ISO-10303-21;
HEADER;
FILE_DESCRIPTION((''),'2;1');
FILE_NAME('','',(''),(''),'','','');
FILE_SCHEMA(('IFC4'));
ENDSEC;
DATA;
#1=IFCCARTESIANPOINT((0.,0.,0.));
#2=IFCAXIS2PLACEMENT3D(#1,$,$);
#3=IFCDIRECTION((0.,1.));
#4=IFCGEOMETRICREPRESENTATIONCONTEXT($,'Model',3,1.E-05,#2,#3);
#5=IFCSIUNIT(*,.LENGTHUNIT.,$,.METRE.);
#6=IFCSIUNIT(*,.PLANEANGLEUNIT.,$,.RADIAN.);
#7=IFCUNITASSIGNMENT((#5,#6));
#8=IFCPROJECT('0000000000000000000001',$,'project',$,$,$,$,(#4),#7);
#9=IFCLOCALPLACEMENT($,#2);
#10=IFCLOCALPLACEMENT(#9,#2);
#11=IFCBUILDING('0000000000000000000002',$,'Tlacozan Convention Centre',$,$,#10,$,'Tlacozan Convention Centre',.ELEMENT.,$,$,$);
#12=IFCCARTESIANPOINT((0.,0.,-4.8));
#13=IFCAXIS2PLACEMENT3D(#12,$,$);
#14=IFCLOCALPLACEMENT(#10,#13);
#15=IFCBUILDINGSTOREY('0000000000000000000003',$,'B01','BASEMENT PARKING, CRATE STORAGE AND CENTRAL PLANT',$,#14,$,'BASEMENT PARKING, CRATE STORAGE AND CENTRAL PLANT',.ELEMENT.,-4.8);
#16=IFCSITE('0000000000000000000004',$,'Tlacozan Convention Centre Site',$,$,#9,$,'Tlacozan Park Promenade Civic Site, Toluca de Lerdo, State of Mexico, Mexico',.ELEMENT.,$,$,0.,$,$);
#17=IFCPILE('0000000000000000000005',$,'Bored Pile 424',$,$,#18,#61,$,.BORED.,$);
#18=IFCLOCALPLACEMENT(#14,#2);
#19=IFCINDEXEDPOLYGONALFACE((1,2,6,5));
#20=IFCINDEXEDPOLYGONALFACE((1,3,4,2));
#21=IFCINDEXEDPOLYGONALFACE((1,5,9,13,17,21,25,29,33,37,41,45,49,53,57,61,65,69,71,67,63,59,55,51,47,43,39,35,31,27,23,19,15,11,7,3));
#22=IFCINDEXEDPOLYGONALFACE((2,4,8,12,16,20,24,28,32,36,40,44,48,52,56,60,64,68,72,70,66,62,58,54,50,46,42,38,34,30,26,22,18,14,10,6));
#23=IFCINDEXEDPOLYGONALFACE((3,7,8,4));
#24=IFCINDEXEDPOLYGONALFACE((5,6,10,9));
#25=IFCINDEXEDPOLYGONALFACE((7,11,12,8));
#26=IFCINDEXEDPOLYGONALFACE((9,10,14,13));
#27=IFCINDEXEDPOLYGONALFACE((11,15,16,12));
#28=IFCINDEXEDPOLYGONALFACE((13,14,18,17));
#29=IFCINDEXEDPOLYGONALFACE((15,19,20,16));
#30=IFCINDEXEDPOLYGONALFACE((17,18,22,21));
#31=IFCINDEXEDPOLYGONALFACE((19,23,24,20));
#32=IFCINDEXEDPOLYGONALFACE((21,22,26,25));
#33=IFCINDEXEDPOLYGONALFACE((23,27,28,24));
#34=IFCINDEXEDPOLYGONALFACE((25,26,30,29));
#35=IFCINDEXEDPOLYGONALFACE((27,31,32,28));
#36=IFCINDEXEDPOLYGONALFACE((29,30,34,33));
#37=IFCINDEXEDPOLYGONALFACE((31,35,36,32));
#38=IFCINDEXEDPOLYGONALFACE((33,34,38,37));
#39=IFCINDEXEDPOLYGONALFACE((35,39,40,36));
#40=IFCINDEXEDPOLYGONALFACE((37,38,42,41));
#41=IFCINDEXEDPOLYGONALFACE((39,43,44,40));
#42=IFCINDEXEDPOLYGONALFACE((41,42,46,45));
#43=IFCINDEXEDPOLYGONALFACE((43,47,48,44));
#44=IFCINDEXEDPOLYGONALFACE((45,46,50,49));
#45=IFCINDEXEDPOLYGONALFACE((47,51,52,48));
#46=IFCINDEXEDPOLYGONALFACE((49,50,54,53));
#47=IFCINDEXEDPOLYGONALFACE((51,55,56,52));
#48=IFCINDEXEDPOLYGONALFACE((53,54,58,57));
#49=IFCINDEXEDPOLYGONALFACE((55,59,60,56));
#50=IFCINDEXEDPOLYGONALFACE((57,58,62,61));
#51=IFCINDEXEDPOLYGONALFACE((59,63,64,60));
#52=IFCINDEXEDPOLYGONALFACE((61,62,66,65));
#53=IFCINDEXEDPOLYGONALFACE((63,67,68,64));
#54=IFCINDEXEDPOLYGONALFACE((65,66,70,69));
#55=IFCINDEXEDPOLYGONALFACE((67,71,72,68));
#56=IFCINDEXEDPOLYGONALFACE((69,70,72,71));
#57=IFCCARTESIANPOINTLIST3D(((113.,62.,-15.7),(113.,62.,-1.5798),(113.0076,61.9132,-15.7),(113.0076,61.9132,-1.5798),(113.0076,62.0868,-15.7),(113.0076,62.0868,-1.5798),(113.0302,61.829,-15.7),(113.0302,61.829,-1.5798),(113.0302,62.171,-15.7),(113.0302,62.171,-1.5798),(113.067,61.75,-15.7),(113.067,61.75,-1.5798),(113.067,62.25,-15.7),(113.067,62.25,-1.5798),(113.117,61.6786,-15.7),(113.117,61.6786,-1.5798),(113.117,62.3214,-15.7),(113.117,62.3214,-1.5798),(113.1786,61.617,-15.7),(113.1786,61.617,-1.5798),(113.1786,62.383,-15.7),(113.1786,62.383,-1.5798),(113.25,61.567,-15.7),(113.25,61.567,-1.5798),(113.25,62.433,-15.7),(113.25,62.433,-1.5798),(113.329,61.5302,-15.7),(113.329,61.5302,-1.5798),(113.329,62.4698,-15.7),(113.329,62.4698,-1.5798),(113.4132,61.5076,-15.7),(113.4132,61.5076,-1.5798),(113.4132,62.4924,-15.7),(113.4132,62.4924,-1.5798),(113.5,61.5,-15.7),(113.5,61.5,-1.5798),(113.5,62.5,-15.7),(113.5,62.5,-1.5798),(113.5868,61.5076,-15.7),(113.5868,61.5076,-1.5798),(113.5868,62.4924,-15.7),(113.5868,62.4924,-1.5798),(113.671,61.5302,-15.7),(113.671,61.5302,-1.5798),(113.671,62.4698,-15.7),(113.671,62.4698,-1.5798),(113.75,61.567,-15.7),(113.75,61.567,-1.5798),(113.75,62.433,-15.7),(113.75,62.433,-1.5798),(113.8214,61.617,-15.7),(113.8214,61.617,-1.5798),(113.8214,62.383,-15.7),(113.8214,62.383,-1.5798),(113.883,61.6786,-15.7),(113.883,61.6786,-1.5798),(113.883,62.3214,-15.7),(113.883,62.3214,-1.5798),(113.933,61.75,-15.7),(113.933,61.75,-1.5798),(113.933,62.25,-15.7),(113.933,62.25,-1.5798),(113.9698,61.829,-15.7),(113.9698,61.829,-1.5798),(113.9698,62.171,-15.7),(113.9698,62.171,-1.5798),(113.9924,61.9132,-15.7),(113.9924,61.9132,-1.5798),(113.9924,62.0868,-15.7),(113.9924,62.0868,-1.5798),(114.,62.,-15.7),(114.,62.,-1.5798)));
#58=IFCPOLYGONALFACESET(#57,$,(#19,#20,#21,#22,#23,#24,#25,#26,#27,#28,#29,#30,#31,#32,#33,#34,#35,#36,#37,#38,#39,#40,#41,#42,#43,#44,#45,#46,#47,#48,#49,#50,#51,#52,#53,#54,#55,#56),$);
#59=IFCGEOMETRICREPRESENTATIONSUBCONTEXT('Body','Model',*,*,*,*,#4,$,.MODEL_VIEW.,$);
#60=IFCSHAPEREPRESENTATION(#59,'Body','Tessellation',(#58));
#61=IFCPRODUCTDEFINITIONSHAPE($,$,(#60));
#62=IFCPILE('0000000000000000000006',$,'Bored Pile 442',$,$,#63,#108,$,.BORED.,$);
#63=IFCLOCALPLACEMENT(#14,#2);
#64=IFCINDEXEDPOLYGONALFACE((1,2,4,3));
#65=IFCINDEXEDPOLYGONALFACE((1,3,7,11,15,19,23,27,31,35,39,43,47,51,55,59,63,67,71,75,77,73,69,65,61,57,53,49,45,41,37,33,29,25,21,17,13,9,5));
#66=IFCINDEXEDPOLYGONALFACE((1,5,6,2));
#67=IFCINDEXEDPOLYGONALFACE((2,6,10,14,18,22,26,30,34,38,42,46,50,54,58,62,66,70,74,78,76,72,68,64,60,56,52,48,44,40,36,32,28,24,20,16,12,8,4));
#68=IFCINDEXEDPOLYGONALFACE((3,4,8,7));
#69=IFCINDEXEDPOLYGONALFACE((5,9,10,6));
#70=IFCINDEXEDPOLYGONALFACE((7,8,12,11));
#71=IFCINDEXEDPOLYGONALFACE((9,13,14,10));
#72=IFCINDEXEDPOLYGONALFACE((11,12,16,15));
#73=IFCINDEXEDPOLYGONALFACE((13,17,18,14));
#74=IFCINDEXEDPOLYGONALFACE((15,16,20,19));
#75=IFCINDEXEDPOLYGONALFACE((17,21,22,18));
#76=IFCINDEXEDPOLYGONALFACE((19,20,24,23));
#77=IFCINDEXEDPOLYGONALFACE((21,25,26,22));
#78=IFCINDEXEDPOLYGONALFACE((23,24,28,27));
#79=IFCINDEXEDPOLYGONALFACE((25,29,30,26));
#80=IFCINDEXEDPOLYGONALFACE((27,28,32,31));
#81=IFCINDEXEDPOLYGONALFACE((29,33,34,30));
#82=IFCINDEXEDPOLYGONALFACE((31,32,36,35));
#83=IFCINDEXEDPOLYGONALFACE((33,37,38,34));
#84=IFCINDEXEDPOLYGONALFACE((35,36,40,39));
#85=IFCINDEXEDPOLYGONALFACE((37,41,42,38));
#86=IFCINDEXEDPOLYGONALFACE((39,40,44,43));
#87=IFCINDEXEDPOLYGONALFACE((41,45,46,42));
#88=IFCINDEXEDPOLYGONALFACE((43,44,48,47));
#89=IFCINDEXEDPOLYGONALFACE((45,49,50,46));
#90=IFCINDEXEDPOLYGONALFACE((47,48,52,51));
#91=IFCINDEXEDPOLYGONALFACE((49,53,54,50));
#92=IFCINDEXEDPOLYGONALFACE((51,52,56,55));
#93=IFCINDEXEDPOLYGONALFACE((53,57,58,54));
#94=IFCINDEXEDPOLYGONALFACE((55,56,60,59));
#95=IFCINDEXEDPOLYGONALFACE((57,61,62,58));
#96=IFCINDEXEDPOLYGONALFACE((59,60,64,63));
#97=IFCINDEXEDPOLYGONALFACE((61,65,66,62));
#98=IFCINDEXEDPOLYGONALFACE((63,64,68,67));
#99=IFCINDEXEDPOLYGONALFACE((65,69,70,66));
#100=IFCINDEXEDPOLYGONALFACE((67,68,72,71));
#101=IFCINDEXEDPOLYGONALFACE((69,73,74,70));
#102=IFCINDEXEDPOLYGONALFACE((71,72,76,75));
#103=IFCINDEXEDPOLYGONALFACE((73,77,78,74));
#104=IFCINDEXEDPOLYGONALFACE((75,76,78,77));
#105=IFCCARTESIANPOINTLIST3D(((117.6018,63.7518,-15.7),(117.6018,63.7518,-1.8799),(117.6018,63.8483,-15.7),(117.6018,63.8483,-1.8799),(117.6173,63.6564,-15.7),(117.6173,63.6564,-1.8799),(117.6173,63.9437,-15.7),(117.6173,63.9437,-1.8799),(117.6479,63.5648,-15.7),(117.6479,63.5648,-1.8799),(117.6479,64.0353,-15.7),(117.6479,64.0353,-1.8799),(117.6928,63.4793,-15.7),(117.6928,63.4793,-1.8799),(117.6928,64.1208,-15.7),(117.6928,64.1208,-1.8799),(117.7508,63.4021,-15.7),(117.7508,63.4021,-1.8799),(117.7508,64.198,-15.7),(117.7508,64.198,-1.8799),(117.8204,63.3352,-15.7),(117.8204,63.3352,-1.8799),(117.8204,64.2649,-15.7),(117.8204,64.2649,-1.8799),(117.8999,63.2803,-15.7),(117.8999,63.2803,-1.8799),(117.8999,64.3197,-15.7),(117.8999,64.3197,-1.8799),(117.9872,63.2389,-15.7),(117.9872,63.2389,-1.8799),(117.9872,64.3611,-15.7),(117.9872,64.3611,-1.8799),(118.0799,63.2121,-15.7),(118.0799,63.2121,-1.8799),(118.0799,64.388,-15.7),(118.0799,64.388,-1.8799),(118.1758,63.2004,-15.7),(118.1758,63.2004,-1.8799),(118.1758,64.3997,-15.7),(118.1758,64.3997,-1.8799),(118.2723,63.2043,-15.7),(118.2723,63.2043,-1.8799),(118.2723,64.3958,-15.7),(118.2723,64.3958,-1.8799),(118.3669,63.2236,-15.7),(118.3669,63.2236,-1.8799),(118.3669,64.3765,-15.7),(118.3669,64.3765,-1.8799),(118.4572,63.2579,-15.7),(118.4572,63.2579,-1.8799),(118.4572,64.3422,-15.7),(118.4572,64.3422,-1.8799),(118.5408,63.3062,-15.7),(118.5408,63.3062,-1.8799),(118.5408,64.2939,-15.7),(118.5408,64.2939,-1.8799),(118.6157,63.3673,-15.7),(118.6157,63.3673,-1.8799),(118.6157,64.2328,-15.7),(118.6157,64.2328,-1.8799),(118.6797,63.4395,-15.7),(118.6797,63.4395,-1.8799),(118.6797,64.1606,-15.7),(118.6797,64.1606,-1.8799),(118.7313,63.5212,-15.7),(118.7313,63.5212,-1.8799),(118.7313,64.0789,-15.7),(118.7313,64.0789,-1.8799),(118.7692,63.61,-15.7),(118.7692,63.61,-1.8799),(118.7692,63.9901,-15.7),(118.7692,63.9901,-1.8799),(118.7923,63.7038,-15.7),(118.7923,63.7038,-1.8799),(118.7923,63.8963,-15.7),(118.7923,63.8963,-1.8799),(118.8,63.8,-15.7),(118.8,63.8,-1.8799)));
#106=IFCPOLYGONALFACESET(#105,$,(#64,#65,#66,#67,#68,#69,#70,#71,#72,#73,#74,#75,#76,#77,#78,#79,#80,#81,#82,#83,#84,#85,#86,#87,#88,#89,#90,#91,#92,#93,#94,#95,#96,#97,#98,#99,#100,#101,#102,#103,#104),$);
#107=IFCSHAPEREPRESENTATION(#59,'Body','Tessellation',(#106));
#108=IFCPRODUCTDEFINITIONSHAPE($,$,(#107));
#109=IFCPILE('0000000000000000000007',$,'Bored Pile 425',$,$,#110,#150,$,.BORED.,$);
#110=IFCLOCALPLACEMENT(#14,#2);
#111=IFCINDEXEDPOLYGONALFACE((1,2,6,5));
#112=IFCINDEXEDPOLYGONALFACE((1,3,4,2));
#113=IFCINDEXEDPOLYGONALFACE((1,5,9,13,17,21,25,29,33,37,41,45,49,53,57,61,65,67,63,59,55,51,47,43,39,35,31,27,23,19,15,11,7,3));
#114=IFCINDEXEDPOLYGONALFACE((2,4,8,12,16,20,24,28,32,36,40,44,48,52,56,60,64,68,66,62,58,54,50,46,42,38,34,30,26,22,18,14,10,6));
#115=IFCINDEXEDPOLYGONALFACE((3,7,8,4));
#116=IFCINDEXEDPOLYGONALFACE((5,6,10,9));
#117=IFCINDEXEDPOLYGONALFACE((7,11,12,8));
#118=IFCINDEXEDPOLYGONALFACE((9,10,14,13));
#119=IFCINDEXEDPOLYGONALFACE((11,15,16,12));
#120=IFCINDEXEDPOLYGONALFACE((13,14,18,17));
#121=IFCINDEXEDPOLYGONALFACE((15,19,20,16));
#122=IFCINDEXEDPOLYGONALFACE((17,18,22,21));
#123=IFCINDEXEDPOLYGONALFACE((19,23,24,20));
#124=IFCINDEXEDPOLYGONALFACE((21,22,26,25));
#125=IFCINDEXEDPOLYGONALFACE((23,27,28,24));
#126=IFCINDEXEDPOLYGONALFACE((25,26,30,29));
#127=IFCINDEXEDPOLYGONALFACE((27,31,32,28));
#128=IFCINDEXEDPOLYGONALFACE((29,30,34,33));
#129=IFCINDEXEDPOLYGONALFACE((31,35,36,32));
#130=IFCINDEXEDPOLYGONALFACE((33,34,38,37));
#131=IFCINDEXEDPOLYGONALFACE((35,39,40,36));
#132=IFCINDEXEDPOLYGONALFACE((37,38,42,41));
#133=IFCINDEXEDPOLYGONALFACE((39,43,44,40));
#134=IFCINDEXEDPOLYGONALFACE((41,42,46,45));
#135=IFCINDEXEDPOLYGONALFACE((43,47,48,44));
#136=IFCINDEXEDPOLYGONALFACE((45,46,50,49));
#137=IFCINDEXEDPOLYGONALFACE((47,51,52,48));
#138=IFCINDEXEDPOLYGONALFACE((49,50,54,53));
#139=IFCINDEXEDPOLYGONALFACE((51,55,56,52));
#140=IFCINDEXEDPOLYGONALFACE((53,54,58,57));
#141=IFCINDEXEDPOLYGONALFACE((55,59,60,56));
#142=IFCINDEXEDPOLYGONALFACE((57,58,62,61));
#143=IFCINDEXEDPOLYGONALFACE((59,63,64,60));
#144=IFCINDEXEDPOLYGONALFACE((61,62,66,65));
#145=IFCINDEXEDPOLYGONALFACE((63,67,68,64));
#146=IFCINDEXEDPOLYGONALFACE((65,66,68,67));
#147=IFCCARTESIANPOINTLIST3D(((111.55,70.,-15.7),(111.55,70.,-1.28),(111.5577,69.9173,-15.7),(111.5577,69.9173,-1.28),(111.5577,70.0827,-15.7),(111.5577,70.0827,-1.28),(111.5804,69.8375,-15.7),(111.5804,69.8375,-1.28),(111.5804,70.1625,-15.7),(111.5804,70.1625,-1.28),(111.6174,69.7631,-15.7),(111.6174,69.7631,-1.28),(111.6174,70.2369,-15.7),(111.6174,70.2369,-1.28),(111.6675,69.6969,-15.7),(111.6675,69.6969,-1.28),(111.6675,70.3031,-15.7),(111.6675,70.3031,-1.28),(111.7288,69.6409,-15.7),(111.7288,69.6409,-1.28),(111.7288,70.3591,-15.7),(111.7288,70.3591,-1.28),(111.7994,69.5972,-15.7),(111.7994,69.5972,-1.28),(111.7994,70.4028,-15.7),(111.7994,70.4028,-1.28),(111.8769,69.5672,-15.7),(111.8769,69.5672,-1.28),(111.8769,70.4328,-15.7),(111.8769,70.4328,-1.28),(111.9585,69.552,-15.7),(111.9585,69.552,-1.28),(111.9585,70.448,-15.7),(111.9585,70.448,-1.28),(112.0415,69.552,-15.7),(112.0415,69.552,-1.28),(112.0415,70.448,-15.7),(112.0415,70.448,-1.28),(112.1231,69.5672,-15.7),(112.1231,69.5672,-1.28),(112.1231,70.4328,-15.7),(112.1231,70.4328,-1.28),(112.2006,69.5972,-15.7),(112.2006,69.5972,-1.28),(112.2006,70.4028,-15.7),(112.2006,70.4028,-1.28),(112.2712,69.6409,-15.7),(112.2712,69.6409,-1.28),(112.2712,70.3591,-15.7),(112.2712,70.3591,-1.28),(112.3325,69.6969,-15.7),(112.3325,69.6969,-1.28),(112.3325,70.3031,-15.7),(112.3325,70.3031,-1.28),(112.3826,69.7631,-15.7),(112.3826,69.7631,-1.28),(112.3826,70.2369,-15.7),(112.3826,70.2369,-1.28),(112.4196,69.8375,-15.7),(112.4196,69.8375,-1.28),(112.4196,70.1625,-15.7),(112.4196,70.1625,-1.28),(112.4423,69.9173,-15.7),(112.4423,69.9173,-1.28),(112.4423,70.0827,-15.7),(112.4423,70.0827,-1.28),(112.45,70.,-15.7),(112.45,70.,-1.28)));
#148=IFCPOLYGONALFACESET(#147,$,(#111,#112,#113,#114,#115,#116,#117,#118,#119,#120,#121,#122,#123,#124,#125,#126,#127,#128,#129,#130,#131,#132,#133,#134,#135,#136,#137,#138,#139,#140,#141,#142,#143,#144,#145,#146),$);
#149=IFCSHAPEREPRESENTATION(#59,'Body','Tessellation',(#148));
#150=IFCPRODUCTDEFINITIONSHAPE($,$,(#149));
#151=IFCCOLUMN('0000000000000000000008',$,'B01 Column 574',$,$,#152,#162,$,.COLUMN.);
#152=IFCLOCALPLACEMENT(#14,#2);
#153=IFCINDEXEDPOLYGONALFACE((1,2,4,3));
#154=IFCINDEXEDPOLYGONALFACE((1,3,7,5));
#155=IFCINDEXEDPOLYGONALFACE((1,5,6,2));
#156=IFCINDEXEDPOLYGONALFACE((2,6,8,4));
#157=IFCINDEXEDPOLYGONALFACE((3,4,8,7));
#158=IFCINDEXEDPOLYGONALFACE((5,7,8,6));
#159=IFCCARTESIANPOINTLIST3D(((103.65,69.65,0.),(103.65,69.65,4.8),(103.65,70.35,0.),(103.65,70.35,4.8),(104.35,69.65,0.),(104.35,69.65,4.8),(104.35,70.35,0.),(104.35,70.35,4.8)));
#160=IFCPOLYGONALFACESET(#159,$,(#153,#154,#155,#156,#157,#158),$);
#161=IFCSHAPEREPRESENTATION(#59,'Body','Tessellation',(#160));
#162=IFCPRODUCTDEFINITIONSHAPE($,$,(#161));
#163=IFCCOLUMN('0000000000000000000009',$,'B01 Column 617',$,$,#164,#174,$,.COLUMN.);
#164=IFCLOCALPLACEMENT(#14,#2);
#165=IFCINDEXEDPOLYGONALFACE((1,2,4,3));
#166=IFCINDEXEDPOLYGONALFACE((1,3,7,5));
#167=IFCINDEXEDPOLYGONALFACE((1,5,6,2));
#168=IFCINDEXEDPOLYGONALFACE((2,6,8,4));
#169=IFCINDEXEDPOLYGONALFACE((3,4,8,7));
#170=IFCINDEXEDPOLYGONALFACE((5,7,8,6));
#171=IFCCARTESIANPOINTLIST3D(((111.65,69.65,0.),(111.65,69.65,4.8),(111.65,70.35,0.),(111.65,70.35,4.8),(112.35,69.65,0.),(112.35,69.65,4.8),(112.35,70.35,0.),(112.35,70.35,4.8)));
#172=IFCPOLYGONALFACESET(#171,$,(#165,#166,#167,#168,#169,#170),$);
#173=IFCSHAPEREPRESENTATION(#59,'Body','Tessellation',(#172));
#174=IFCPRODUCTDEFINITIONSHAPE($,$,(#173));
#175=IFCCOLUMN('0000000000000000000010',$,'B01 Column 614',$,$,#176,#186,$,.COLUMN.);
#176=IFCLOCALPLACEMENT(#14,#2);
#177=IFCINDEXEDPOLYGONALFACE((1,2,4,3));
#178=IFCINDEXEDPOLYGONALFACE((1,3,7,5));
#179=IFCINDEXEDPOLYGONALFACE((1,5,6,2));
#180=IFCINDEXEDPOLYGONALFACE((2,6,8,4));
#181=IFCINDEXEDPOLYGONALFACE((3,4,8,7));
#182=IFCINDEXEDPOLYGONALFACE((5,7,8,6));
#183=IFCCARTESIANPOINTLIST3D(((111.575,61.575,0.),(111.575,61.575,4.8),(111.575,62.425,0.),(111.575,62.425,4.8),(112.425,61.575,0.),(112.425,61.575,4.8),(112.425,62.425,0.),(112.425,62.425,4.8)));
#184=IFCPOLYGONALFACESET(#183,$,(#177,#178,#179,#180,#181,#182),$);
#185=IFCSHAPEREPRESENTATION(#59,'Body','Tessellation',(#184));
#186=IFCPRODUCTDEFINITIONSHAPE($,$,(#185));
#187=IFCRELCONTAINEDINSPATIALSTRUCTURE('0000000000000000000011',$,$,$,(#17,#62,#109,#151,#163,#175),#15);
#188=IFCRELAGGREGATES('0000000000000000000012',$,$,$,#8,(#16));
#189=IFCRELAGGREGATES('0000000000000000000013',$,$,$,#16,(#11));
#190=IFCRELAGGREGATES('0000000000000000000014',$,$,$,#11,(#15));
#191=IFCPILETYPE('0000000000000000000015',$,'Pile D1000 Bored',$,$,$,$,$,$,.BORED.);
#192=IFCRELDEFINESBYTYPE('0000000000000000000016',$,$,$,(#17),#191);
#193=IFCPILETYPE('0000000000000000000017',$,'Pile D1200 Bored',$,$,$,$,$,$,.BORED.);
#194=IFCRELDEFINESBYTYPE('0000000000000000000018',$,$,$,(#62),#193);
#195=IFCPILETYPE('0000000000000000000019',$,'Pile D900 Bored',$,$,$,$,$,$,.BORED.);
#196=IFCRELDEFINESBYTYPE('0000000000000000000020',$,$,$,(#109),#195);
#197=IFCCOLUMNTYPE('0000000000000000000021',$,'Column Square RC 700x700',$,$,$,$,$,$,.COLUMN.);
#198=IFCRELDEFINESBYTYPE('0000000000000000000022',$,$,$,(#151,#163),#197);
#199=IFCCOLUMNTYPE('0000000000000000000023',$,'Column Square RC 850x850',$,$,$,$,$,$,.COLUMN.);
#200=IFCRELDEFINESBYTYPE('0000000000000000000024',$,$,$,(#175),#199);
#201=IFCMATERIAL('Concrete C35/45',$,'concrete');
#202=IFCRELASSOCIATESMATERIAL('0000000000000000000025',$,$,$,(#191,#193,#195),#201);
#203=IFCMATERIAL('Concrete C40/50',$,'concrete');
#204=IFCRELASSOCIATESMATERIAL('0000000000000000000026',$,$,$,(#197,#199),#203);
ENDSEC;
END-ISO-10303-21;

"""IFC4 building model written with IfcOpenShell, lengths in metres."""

from ifc_helpers import new_model, si_unit, direction, frame, origin, origin_2d, place, context, subcontext, project, spatial, rectangle, circle, extrude, material, material_profile, profile_set, type_object, element, save


model = new_model("IFC4")

# Units and contexts
model_context = context("Model", 3, precision=1e-05, world=origin(), true_north=direction((0.0, 1.0)))
body_context = subcontext(model_context, "Body", "Model", "MODEL_VIEW")
ifc_project = project(units=[si_unit("LENGTHUNIT", "METRE"), si_unit("PLANEANGLEUNIT", "RADIAN")], contexts=[model_context])

# Site, building, storey
site_placement = place(None, origin())
site = spatial("IfcSite", under=ifc_project, at=site_placement, Name="Tlacozan Convention Centre Site", LongName="Tlacozan Park Promenade Civic Site, Toluca de Lerdo, State of Mexico, Mexico", CompositionType="ELEMENT", RefElevation=0.0)
building_placement = place(site_placement, origin())
building = spatial("IfcBuilding", under=site, at=building_placement, Name="Tlacozan Convention Centre", LongName="Tlacozan Convention Centre", CompositionType="ELEMENT")
storey_placement = place(building_placement, frame((0.0, 0.0, -4.8)))
storey = spatial("IfcBuildingStorey", under=building, at=storey_placement, Name="B01", Description="BASEMENT PARKING, CRATE STORAGE AND CENTRAL PLANT", LongName="BASEMENT PARKING, CRATE STORAGE AND CENTRAL PLANT", CompositionType="ELEMENT", Elevation=-4.8)

# Shared definitions
ifc_material_1 = material(Name="Concrete C35/45", Category="concrete")

# Piles
ifc_material_profile_1 = material_profile(ifc_material_1, circle(Radius=0.5, at=origin_2d()), Name="PILE D1000")
ifc_profile_set_1 = profile_set([ifc_material_profile_1], Name="Concrete C35/45")
pile_type_1 = type_object("IfcPileType", Name="Pile D1000 Bored", PredefinedType="BORED", material=ifc_profile_set_1)
for number, where, z_axis, x_axis, name in (
    (1, (113.5, 62.0, -1.5798), (0.0, 0.0, -1.0), (1.0, 0.0, 0.0), "Bored Pile 424"),
):
    element("IfcPile", number, at=place(storey_placement, frame(where, z_axis=z_axis, x_axis=x_axis)), inside=storey, type_object=pile_type_1, Name=name, PredefinedType="BORED", context=body_context, shape_type="SweptSolid", body=[
        extrude(circle(Radius=0.5, at=origin_2d()), origin(), (0.0, 0.0, 1.0), 14.1201),
    ])
ifc_material_profile_2 = material_profile(ifc_material_1, circle(Radius=0.6001, at=origin_2d()), Name="PILE D1200")
ifc_profile_set_2 = profile_set([ifc_material_profile_2], Name="Concrete C35/45")
pile_type_2 = type_object("IfcPileType", Name="Pile D1200 Bored", PredefinedType="BORED", material=ifc_profile_set_2)
pile_1_placement = place(storey_placement, frame((118.2, 63.8, -1.8799), z_axis=(0.0, 0.0, -1.0), x_axis=(1.0, 0.0, 0.0)))
element("IfcPile", 2, at=pile_1_placement, inside=storey, type_object=pile_type_2, Name="Bored Pile 442", PredefinedType="BORED", context=body_context, shape_type="SweptSolid", body=[
    extrude(circle(Radius=0.6001, at=origin_2d()), origin(), (0.0, 0.0, 1.0), 13.8201),
])
ifc_material_profile_3 = material_profile(ifc_material_1, circle(Radius=0.45, at=origin_2d()), Name="PILE D900")
ifc_profile_set_3 = profile_set([ifc_material_profile_3], Name="Concrete C35/45")
pile_type_3 = type_object("IfcPileType", Name="Pile D900 Bored", PredefinedType="BORED", material=ifc_profile_set_3)
pile_2_placement = place(storey_placement, frame((112.0, 70.0, -1.28), z_axis=(0.0, 0.0, -1.0), x_axis=(1.0, 0.0, 0.0)))
element("IfcPile", 3, at=pile_2_placement, inside=storey, type_object=pile_type_3, Name="Bored Pile 425", PredefinedType="BORED", context=body_context, shape_type="SweptSolid", body=[
    extrude(circle(Radius=0.45, at=origin_2d()), origin(), (0.0, 0.0, 1.0), 14.4199),
])

# Columns
ifc_material_2 = material(Name="Concrete C40/50", Category="concrete")
ifc_material_profile_4 = material_profile(ifc_material_2, rectangle(XDim=0.7, YDim=0.7, at=origin_2d()), Name="RC 700x700")
ifc_profile_set_4 = profile_set([ifc_material_profile_4], Name="Concrete C40/50")
column_type_1 = type_object("IfcColumnType", Name="Column Square RC 700x700", PredefinedType="COLUMN", material=ifc_profile_set_4)
for number, where, z_axis, x_axis, name in (
    (4, (104.0, 70.0, 0.0), (0.0, 0.0, 1.0), (1.0, 0.0, 0.0), "B01 Column 574"),
    (5, (112.0, 70.0, 0.0), (0.0, 0.0, 1.0), (1.0, 0.0, 0.0), "B01 Column 617"),
):
    element("IfcColumn", number, at=place(storey_placement, frame(where, z_axis=z_axis, x_axis=x_axis)), inside=storey, type_object=column_type_1, Name=name, PredefinedType="COLUMN", context=body_context, shape_type="SweptSolid", body=[
        extrude(rectangle(XDim=0.7, YDim=0.7, at=origin_2d()), origin(), (0.0, 0.0, 1.0), 4.8),
    ])
ifc_material_profile_5 = material_profile(ifc_material_2, rectangle(XDim=0.8501, YDim=0.8501, at=origin_2d()), Name="RC 850x850")
ifc_profile_set_5 = profile_set([ifc_material_profile_5], Name="Concrete C40/50")
column_type_2 = type_object("IfcColumnType", Name="Column Square RC 850x850", PredefinedType="COLUMN", material=ifc_profile_set_5)
column_placement = place(storey_placement, frame((112.0, 62.0, 0.0), z_axis=(0.0, 0.0, 1.0), x_axis=(1.0, 0.0, 0.0)))
element("IfcColumn", 6, at=column_placement, inside=storey, type_object=column_type_2, Name="B01 Column 614", PredefinedType="COLUMN", context=body_context, shape_type="SweptSolid", body=[
    extrude(rectangle(XDim=0.8501, YDim=0.8501, at=origin_2d()), origin(), (0.0, 0.0, 1.0), 4.8),
])

save(model, "model.ifc")
